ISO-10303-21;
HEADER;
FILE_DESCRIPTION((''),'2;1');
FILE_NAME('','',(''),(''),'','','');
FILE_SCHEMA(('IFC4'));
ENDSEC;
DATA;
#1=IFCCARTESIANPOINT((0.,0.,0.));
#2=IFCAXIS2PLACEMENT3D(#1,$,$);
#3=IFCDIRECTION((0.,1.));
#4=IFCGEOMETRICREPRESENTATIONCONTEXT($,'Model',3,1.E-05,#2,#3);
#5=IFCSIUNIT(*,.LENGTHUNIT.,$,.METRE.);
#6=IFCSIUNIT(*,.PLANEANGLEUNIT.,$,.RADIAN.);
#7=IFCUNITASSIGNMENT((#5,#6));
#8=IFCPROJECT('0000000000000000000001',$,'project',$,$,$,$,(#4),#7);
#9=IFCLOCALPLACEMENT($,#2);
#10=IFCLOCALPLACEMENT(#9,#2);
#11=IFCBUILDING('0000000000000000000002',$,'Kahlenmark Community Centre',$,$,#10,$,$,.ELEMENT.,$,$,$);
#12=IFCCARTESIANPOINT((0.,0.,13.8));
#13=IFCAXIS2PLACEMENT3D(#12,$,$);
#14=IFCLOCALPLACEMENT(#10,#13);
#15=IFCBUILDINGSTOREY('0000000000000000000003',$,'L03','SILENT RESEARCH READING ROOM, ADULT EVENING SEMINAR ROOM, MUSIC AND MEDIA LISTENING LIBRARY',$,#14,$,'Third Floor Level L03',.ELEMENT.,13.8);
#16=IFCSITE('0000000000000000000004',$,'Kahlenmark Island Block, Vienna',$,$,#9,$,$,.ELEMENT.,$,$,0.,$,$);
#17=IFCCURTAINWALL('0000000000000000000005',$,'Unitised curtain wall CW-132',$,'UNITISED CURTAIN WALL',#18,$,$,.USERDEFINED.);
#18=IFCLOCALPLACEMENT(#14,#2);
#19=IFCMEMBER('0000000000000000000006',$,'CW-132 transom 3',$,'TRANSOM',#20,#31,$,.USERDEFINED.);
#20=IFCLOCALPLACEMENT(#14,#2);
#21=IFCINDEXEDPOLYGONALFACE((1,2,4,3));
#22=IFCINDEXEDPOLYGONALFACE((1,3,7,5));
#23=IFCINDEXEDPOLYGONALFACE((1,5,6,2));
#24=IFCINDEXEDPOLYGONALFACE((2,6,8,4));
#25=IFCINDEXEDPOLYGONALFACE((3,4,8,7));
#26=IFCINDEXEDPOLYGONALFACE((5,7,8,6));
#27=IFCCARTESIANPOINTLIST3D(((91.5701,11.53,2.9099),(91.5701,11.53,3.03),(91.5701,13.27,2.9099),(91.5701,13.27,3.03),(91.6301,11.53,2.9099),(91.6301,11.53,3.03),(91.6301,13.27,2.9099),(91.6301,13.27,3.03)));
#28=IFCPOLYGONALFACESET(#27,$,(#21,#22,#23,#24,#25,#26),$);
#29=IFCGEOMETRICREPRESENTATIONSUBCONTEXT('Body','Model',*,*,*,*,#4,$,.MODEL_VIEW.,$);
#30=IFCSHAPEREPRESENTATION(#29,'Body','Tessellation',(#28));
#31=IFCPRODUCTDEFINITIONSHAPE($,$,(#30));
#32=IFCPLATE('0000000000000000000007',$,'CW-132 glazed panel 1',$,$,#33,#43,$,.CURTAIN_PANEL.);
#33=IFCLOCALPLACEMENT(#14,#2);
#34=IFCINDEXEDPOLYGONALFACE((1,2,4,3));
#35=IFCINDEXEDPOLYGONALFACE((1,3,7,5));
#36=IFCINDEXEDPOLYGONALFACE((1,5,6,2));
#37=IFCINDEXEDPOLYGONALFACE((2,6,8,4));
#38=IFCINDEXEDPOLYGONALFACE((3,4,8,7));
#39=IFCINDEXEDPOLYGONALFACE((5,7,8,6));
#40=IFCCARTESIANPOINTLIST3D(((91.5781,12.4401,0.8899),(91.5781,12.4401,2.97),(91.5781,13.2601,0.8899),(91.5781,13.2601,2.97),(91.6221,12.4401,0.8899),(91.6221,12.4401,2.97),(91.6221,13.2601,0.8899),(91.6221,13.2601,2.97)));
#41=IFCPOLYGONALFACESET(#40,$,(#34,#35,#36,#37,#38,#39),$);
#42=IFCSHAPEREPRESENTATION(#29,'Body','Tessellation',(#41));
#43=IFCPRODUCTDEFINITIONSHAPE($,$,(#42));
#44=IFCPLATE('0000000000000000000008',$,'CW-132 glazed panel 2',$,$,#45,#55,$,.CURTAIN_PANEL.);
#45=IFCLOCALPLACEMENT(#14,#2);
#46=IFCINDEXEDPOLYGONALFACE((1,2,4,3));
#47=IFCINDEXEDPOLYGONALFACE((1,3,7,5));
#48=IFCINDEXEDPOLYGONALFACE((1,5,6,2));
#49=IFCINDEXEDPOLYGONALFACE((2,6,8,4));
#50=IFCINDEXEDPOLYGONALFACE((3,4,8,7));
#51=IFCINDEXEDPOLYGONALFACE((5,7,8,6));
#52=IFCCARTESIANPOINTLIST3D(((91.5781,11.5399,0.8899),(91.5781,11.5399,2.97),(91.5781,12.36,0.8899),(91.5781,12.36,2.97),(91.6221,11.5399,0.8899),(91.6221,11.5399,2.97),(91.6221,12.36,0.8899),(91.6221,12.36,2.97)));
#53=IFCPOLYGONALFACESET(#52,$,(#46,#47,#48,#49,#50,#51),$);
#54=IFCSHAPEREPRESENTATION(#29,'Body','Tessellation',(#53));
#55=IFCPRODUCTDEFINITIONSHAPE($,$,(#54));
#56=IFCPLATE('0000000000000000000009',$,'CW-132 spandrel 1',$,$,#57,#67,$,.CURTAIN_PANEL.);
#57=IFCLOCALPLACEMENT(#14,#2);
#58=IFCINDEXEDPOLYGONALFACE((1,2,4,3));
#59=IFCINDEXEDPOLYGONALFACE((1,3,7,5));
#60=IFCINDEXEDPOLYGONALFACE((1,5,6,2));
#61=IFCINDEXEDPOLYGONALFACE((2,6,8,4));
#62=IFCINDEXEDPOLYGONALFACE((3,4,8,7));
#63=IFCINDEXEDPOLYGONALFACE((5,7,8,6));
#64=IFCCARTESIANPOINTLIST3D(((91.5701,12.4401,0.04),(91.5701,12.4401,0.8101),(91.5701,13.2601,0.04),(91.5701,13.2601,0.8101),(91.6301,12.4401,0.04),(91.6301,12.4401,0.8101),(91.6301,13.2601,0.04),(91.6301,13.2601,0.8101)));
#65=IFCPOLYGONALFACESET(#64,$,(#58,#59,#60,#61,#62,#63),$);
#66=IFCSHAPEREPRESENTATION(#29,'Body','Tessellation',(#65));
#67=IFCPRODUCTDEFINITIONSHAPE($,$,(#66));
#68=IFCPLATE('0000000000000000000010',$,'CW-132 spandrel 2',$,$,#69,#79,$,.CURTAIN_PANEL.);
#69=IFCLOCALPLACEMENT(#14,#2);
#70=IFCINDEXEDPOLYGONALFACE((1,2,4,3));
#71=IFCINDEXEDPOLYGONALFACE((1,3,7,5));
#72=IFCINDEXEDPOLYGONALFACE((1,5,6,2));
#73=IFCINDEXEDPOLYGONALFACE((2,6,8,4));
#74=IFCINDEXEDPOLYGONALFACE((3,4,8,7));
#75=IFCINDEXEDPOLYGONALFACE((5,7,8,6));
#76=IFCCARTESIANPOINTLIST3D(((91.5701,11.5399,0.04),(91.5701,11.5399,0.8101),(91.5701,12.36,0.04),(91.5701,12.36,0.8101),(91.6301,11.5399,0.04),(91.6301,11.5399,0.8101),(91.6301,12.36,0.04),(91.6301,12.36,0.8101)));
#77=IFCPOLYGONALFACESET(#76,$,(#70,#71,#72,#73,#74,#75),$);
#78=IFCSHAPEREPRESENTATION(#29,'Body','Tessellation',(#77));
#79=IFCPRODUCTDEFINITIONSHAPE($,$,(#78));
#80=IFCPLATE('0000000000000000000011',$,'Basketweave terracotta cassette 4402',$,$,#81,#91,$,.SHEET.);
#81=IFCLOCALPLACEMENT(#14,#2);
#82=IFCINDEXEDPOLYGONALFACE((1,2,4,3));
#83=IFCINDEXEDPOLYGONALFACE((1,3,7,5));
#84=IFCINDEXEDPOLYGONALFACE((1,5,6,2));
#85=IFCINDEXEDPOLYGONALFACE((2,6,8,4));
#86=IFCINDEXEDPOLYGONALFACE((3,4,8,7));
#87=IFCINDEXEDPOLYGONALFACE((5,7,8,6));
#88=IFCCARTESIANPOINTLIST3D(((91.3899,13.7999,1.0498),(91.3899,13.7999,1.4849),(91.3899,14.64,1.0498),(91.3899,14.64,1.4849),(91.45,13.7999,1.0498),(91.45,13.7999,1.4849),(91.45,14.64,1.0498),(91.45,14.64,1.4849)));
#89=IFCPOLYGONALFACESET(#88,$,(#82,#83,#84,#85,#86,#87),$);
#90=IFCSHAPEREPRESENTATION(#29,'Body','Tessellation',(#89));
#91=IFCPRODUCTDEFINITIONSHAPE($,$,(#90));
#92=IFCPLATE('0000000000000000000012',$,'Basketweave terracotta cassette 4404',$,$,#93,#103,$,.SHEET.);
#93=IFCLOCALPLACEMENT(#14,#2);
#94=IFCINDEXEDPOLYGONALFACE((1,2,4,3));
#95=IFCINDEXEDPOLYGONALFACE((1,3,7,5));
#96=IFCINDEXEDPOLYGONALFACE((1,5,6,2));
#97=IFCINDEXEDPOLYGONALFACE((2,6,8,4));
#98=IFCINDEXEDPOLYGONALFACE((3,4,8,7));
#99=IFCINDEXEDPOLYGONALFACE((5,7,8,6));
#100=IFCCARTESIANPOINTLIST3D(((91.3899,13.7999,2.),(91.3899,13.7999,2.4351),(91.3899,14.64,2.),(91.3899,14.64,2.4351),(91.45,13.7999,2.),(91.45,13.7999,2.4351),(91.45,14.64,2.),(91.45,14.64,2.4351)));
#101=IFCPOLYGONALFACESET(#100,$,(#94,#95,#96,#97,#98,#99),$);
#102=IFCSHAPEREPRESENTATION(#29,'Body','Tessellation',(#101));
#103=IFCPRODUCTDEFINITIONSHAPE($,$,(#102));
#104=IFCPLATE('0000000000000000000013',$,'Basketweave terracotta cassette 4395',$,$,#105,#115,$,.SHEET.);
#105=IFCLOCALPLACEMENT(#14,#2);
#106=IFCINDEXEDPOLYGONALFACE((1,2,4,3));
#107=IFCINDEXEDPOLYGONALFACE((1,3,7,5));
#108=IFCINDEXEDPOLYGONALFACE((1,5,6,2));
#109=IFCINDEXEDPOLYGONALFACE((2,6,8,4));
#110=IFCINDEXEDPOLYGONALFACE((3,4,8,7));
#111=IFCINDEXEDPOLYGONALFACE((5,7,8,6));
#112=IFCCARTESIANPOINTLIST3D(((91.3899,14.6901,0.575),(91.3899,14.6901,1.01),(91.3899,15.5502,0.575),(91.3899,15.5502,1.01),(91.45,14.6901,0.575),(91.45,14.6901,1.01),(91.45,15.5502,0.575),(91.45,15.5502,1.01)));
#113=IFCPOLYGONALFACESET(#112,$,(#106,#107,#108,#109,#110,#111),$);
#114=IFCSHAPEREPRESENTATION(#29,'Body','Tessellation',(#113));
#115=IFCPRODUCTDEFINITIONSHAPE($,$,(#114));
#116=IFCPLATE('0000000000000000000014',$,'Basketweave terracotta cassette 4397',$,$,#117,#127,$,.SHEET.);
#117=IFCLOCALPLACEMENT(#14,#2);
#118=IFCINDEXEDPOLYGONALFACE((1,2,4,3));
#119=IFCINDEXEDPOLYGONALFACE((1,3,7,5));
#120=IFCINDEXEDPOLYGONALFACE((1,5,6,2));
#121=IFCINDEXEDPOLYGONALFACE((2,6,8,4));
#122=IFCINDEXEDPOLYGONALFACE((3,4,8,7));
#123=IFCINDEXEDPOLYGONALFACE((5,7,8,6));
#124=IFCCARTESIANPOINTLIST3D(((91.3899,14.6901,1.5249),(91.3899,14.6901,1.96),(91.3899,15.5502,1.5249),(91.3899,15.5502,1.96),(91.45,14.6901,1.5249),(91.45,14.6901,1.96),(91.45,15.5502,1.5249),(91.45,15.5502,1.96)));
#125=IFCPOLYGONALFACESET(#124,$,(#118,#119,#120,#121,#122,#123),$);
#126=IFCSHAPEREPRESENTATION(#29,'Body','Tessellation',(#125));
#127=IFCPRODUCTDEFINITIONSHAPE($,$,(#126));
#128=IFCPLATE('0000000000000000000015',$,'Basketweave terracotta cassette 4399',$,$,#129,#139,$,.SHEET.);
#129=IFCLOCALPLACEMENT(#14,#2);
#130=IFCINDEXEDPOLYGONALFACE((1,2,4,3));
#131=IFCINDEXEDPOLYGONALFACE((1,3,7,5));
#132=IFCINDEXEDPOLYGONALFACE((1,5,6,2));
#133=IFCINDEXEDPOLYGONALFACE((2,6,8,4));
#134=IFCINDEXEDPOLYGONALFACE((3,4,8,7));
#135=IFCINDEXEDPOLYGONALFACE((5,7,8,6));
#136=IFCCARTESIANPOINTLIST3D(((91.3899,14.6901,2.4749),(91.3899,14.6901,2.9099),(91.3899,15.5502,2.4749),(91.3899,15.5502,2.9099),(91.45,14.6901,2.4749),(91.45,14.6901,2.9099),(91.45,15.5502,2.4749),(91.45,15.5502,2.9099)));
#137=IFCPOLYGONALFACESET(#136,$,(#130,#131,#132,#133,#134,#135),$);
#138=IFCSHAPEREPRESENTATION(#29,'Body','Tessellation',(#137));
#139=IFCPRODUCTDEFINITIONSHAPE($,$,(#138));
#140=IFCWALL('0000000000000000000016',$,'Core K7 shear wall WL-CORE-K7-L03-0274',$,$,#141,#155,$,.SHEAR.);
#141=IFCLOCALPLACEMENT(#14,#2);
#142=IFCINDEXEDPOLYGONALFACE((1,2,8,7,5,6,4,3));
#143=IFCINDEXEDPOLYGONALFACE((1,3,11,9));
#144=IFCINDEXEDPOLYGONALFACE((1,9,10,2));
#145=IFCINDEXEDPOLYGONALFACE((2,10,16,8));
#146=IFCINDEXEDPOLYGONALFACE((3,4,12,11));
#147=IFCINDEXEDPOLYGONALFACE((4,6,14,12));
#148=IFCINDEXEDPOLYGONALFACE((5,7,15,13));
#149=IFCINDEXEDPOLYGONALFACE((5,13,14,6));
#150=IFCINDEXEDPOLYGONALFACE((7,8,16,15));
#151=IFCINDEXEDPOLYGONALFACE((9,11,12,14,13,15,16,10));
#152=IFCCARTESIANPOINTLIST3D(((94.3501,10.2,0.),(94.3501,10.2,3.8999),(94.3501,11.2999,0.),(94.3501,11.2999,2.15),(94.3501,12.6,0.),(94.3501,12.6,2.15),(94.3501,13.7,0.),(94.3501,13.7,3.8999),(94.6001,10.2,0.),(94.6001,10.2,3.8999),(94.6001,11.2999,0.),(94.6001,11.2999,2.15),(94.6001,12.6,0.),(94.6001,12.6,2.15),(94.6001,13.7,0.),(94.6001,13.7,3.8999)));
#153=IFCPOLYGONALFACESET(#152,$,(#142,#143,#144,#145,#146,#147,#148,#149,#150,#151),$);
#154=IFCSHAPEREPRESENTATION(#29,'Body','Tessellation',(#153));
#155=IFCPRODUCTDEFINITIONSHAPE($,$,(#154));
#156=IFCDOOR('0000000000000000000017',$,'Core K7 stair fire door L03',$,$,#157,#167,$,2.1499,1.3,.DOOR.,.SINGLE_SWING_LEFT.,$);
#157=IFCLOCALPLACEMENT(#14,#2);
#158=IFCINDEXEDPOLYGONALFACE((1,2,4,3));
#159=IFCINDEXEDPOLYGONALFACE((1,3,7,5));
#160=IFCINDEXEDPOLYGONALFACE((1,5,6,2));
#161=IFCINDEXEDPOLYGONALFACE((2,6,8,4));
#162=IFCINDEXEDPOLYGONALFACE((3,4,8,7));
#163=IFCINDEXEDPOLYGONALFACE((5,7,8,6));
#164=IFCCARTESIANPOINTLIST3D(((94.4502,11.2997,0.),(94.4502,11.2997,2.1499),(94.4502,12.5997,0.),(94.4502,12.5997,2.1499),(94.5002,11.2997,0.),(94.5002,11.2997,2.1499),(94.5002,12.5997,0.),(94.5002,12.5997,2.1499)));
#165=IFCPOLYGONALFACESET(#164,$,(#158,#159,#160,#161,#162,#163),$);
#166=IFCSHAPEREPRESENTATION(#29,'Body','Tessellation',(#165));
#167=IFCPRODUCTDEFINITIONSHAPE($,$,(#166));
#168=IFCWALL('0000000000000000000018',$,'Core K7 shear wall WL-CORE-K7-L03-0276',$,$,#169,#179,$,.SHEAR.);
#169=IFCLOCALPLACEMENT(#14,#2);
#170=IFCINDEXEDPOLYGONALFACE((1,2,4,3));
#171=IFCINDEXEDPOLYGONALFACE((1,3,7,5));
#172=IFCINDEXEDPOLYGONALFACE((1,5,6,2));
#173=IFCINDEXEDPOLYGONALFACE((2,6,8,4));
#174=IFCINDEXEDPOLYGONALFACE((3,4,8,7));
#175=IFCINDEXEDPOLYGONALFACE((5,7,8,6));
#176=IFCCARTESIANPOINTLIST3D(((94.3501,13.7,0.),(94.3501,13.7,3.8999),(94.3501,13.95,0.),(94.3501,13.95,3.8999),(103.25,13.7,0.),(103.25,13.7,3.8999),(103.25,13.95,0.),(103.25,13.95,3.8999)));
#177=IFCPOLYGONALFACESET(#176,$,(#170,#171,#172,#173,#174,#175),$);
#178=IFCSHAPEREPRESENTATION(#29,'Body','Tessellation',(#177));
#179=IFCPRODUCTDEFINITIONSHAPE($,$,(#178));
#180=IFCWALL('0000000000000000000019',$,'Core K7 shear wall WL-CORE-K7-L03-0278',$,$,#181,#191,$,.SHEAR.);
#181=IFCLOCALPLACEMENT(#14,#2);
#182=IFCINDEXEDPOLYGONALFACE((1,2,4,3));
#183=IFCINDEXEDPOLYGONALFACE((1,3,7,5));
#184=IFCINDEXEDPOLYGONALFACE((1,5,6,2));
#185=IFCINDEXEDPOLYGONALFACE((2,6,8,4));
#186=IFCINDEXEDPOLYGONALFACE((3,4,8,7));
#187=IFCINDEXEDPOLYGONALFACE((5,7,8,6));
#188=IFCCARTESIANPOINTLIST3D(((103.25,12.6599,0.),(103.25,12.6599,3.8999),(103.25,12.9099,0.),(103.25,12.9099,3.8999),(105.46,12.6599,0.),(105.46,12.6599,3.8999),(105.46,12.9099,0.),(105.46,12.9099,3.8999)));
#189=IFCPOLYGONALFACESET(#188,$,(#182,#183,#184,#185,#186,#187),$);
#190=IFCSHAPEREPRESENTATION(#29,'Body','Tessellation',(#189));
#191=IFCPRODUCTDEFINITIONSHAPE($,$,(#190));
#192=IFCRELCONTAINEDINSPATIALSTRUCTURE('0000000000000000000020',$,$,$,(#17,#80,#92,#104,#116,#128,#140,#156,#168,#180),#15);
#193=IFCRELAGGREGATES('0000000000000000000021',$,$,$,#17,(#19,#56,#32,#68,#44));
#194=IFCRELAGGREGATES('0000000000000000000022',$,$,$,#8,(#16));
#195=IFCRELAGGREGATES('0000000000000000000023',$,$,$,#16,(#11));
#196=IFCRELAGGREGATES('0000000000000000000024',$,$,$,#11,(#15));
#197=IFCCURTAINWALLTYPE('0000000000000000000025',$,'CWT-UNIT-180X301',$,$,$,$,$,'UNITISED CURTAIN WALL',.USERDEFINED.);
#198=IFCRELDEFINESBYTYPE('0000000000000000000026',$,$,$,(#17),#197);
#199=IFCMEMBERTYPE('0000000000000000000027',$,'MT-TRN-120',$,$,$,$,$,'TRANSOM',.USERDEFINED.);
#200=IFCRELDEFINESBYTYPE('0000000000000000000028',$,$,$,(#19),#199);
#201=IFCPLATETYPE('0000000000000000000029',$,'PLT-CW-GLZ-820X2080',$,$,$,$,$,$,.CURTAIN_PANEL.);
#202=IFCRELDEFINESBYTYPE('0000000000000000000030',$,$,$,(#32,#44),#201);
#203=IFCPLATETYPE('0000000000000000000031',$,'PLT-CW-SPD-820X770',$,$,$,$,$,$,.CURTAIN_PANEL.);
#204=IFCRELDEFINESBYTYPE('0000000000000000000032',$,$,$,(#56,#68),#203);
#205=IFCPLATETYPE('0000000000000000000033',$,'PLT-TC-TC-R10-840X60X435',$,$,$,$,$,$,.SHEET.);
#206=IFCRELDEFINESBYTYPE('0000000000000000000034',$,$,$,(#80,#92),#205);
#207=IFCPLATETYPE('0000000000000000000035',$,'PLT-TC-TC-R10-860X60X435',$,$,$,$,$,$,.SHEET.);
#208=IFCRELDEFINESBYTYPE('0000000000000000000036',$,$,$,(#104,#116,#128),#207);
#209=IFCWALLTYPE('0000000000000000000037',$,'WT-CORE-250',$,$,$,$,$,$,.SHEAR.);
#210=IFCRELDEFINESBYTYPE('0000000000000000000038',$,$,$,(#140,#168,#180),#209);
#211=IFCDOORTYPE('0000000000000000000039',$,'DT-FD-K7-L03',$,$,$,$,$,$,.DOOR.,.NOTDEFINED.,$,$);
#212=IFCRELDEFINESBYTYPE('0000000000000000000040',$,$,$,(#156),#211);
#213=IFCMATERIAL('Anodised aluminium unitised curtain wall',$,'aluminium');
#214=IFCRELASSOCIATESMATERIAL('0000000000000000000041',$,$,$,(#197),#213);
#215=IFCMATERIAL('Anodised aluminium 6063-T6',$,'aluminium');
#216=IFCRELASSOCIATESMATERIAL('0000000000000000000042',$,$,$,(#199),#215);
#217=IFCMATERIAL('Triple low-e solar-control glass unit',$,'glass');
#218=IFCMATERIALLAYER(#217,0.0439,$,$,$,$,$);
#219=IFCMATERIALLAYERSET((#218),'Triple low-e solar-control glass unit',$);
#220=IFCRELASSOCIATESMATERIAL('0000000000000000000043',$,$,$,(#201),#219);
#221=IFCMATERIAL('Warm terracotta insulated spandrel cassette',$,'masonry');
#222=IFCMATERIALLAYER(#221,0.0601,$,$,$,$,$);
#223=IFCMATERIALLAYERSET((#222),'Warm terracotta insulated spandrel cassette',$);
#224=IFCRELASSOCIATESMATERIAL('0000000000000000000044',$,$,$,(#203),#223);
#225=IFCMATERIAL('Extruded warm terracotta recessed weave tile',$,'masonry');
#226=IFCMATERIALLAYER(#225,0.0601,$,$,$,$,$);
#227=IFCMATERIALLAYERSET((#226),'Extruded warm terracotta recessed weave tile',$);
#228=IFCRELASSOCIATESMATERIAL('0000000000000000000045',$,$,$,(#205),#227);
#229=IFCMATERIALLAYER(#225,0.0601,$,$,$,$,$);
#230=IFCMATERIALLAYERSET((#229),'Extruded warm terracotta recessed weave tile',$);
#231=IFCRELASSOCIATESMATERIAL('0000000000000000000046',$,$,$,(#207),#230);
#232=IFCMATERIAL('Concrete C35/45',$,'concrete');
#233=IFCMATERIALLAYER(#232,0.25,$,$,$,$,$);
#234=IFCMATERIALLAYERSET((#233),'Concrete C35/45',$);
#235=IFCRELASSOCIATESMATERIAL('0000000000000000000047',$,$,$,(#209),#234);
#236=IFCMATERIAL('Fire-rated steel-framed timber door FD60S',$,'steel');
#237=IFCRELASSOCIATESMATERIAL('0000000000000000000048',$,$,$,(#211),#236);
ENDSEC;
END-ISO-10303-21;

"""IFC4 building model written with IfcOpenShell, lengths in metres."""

from ifc_helpers import new_model, si_unit, direction, frame, frame_2d, origin, origin_2d, place, context, subcontext, project, spatial, rectangle, extrude, material, layer, layer_set, material_profile, profile_set, type_object, element, fill, aggregate, save


model = new_model("IFC4")

# Units and contexts
model_context = context("Model", 3, precision=1e-05, world=origin(), true_north=direction((0.0, 1.0)))
body_context = subcontext(model_context, "Body", "Model", "MODEL_VIEW")
ifc_project = project(units=[si_unit("LENGTHUNIT", "METRE"), si_unit("PLANEANGLEUNIT", "RADIAN")], contexts=[model_context])

# Site, building, storey
site_placement = place(None, origin())
site = spatial("IfcSite", under=ifc_project, at=site_placement, Name="Kahlenmark Island Block, Vienna", CompositionType="ELEMENT", RefElevation=0.0)
building_placement = place(site_placement, origin())
building = spatial("IfcBuilding", under=site, at=building_placement, Name="Kahlenmark Community Centre", CompositionType="ELEMENT")
storey_placement = place(building_placement, frame((0.0, 0.0, 13.8)))
storey = spatial("IfcBuildingStorey", under=building, at=storey_placement, Name="L03", Description="SILENT RESEARCH READING ROOM, ADULT EVENING SEMINAR ROOM, MUSIC AND MEDIA LISTENING LIBRARY", LongName="Third Floor Level L03", CompositionType="ELEMENT", Elevation=13.8)

# Curtain wall, member, plates
ifc_material_1 = material(Name="Anodised aluminium unitised curtain wall", Category="aluminium")
curtain_wall_type = type_object("IfcCurtainWallType", Name="CWT-UNIT-180X301", ElementType="UNITISED CURTAIN WALL", PredefinedType="USERDEFINED", material=ifc_material_1)
curtain_wall_placement = place(storey_placement, origin())
curtain_wall = element("IfcCurtainWall", 1, at=curtain_wall_placement, inside=storey, type_object=curtain_wall_type, Name="Unitised curtain wall CW-132", ObjectType="UNITISED CURTAIN WALL", PredefinedType="USERDEFINED")
ifc_material_2 = material(Name="Anodised aluminium 6063-T6", Category="aluminium")
ifc_material_profile_1 = material_profile(ifc_material_2, rectangle(XDim=0.0601, YDim=0.1201, at=origin_2d()), Name="ALU TRANSOM 60x120")
ifc_profile_set_1 = profile_set([ifc_material_profile_1], Name="Anodised aluminium 6063-T6")
member_type_1 = type_object("IfcMemberType", Name="MT-TRN-120", ElementType="TRANSOM", PredefinedType="USERDEFINED", material=ifc_profile_set_1)
member_1_placement = place(storey_placement, frame((91.6001, 13.27, 2.97), z_axis=(0.0, -1.0, 0.0), x_axis=(1.0, 0.0, 0.0)))
member_1 = element("IfcMember", 2, at=member_1_placement, type_object=member_type_1, Name="CW-132 transom 3", ObjectType="TRANSOM", PredefinedType="USERDEFINED", context=body_context, shape_type="SweptSolid", body=[
    extrude(rectangle(XDim=0.0601, YDim=0.1201, at=origin_2d()), origin(), (0.0, 0.0, 1.0), 1.74),
])
ifc_material_3 = material(Name="Triple low-e solar-control glass unit", Category="glass")
ifc_layer_1 = layer(ifc_material_3, 0.0439)
ifc_layer_set_1 = layer_set([ifc_layer_1], Name="Triple low-e solar-control glass unit")
plate_type_1 = type_object("IfcPlateType", Name="PLT-CW-GLZ-820X2080", PredefinedType="CURTAIN_PANEL", material=ifc_layer_set_1)
plate_1_placement = place(storey_placement, frame((91.6001, 12.8501, 0.8899), z_axis=(0.0, 0.0, 1.0), x_axis=(0.0, -1.0, 0.0)))
plate_1 = element("IfcPlate", 3, at=plate_1_placement, type_object=plate_type_1, Name="CW-132 glazed panel 1", PredefinedType="CURTAIN_PANEL", context=body_context, shape_type="SweptSolid", body=[
    extrude(rectangle(XDim=0.8201, YDim=0.0439, at=origin_2d()), origin(), (0.0, 0.0, 1.0), 2.0801),
])
plate_2_placement = place(storey_placement, frame((91.6001, 11.95, 0.8899), z_axis=(0.0, 0.0, 1.0), x_axis=(0.0, -1.0, 0.0)))
plate_2 = element("IfcPlate", 4, at=plate_2_placement, type_object=plate_type_1, Name="CW-132 glazed panel 2", PredefinedType="CURTAIN_PANEL", context=body_context, shape_type="SweptSolid", body=[
    extrude(rectangle(XDim=0.8201, YDim=0.0439, at=origin_2d()), origin(), (0.0, 0.0, 1.0), 2.0801),
])
ifc_material_4 = material(Name="Warm terracotta insulated spandrel cassette", Category="masonry")
ifc_layer_2 = layer(ifc_material_4, 0.0601)
ifc_layer_set_2 = layer_set([ifc_layer_2], Name="Warm terracotta insulated spandrel cassette")
plate_type_2 = type_object("IfcPlateType", Name="PLT-CW-SPD-820X770", PredefinedType="CURTAIN_PANEL", material=ifc_layer_set_2)
plate_3_placement = place(storey_placement, frame((91.6001, 12.8501, 0.04), z_axis=(0.0, 0.0, 1.0), x_axis=(0.0, -1.0, 0.0)))
plate_3 = element("IfcPlate", 5, at=plate_3_placement, type_object=plate_type_2, Name="CW-132 spandrel 1", PredefinedType="CURTAIN_PANEL", context=body_context, shape_type="SweptSolid", body=[
    extrude(rectangle(XDim=0.8201, YDim=0.0601, at=origin_2d()), origin(), (0.0, 0.0, 1.0), 0.77),
])
plate_4_placement = place(storey_placement, frame((91.6001, 11.95, 0.04), z_axis=(0.0, 0.0, 1.0), x_axis=(0.0, -1.0, 0.0)))
plate_4 = element("IfcPlate", 6, at=plate_4_placement, type_object=plate_type_2, Name="CW-132 spandrel 2", PredefinedType="CURTAIN_PANEL", context=body_context, shape_type="SweptSolid", body=[
    extrude(rectangle(XDim=0.8201, YDim=0.0601, at=origin_2d()), origin(), (0.0, 0.0, 1.0), 0.77),
])
aggregate(curtain_wall, [member_1, plate_3, plate_1, plate_4, plate_2])

# Plates
ifc_material_5 = material(Name="Extruded warm terracotta recessed weave tile", Category="masonry")
ifc_layer_3 = layer(ifc_material_5, 0.0601)
ifc_layer_set_3 = layer_set([ifc_layer_3], Name="Extruded warm terracotta recessed weave tile")
plate_type_3 = type_object("IfcPlateType", Name="PLT-TC-TC-R10-840X60X435", PredefinedType="SHEET", material=ifc_layer_set_3)
for number, where, z_axis, x_axis, name in (
    (7, (91.4199, 14.22, 1.0498), (0.0, 0.0, 1.0), (0.0, -1.0, 0.0), "Basketweave terracotta cassette 4402"),
    (8, (91.4199, 14.22, 2.0), (0.0, 0.0, 1.0), (0.0, -1.0, 0.0), "Basketweave terracotta cassette 4404"),
):
    element("IfcPlate", number, at=place(storey_placement, frame(where, z_axis=z_axis, x_axis=x_axis)), inside=storey, type_object=plate_type_3, Name=name, PredefinedType="SHEET", context=body_context, shape_type="SweptSolid", body=[
        extrude(rectangle(XDim=0.8401, YDim=0.0601, at=origin_2d()), origin(), (0.0, 0.0, 1.0), 0.4351),
    ])
ifc_layer_4 = layer(ifc_material_5, 0.0601)
ifc_layer_set_4 = layer_set([ifc_layer_4], Name="Extruded warm terracotta recessed weave tile")
plate_type_4 = type_object("IfcPlateType", Name="PLT-TC-TC-R10-860X60X435", PredefinedType="SHEET", material=ifc_layer_set_4)
for number, where, z_axis, x_axis, name in (
    (9, (91.4199, 15.1201, 0.575), (0.0, 0.0, 1.0), (0.0, -1.0, 0.0), "Basketweave terracotta cassette 4395"),
    (10, (91.4199, 15.1201, 1.5249), (0.0, 0.0, 1.0), (0.0, -1.0, 0.0), "Basketweave terracotta cassette 4397"),
    (11, (91.4199, 15.1201, 2.4749), (0.0, 0.0, 1.0), (0.0, -1.0, 0.0), "Basketweave terracotta cassette 4399"),
):
    element("IfcPlate", number, at=place(storey_placement, frame(where, z_axis=z_axis, x_axis=x_axis)), inside=storey, type_object=plate_type_4, Name=name, PredefinedType="SHEET", context=body_context, shape_type="SweptSolid", body=[
        extrude(rectangle(XDim=0.8601, YDim=0.0601, at=origin_2d()), origin(), (0.0, 0.0, 1.0), 0.4351),
    ])

# Wall, opening, door
ifc_material_6 = material(Name="Concrete C35/45", Category="concrete")
ifc_layer_5 = layer(ifc_material_6, 0.25)
ifc_layer_set_5 = layer_set([ifc_layer_5], Name="Concrete C35/45")
wall_type_1 = type_object("IfcWallType", Name="WT-CORE-250", PredefinedType="SHEAR", material=ifc_layer_set_5)
wall_1_placement = place(storey_placement, frame((94.4751, 13.7, 0.0), z_axis=(0.0, 0.0, 1.0), x_axis=(0.0, -1.0, 0.0)))
wall_1 = element("IfcWall", 12, at=wall_1_placement, inside=storey, type_object=wall_type_1, Name="Core K7 shear wall WL-CORE-K7-L03-0274", PredefinedType="SHEAR", context=body_context, shape_type="SweptSolid", body=[
    extrude(rectangle(XDim=3.5, YDim=0.25, at=frame_2d((1.75, 0.0))), origin(), (0.0, 0.0, 1.0), 3.8999),
])
opening_placement = place(wall_1_placement, frame((1.1001, 0.0, -0.01)))
opening = element("IfcOpeningElement", 13, at=opening_placement, cuts=wall_1, PredefinedType="OPENING", context=body_context, shape_type="SweptSolid", body=[
    extrude(rectangle(XDim=1.3, YDim=2.1599, at=frame_2d((0.6499, 1.0801))), frame((0.0, 0.135, 0.0), z_axis=(0.0, -1.0, 0.0), x_axis=(1.0, 0.0, 0.0)), (0.0, 0.0, 1.0), 0.27),
])
ifc_material_7 = material(Name="Fire-rated steel-framed timber door FD60S", Category="steel")
door_type = type_object("IfcDoorType", Name="DT-FD-K7-L03", OperationType="NOTDEFINED", PredefinedType="DOOR", material=ifc_material_7)
door_placement = place(opening_placement, frame((1.3, 0.0, 0.01), z_axis=(0.0, 0.0, 1.0), x_axis=(-1.0, 0.0, 0.0)))
door = element("IfcDoor", 14, at=door_placement, inside=storey, type_object=door_type, Name="Core K7 stair fire door L03", OperationType="SINGLE_SWING_LEFT", OverallHeight=2.1499, OverallWidth=1.3, PredefinedType="DOOR", context=body_context, shape_type="SweptSolid", body=[
    extrude(rectangle(XDim=1.3, YDim=2.1499, at=frame_2d((0.6499, 1.075))), frame((0.0, 0.0249, 0.0), z_axis=(0.0, -1.0, 0.0), x_axis=(1.0, 0.0, 0.0)), (0.0, 0.0, 1.0), 0.05),
])
fill(opening, door)

# Walls
wall_2_placement = place(storey_placement, frame((94.3501, 13.825, 0.0), z_axis=(0.0, 0.0, 1.0), x_axis=(1.0, 0.0, 0.0)))
element("IfcWall", 15, at=wall_2_placement, inside=storey, type_object=wall_type_1, Name="Core K7 shear wall WL-CORE-K7-L03-0276", PredefinedType="SHEAR", context=body_context, shape_type="SweptSolid", body=[
    extrude(rectangle(XDim=8.8999, YDim=0.25, at=frame_2d((4.45, 0.0))), origin(), (0.0, 0.0, 1.0), 3.8999),
])
wall_3_placement = place(storey_placement, frame((103.25, 12.7849, 0.0), z_axis=(0.0, 0.0, 1.0), x_axis=(1.0, 0.0, 0.0)))
element("IfcWall", 16, at=wall_3_placement, inside=storey, type_object=wall_type_1, Name="Core K7 shear wall WL-CORE-K7-L03-0278", PredefinedType="SHEAR", context=body_context, shape_type="SweptSolid", body=[
    extrude(rectangle(XDim=2.21, YDim=0.25, at=frame_2d((1.105, 0.0))), origin(), (0.0, 0.0, 1.0), 3.8999),
])

save(model, "model.ifc")
